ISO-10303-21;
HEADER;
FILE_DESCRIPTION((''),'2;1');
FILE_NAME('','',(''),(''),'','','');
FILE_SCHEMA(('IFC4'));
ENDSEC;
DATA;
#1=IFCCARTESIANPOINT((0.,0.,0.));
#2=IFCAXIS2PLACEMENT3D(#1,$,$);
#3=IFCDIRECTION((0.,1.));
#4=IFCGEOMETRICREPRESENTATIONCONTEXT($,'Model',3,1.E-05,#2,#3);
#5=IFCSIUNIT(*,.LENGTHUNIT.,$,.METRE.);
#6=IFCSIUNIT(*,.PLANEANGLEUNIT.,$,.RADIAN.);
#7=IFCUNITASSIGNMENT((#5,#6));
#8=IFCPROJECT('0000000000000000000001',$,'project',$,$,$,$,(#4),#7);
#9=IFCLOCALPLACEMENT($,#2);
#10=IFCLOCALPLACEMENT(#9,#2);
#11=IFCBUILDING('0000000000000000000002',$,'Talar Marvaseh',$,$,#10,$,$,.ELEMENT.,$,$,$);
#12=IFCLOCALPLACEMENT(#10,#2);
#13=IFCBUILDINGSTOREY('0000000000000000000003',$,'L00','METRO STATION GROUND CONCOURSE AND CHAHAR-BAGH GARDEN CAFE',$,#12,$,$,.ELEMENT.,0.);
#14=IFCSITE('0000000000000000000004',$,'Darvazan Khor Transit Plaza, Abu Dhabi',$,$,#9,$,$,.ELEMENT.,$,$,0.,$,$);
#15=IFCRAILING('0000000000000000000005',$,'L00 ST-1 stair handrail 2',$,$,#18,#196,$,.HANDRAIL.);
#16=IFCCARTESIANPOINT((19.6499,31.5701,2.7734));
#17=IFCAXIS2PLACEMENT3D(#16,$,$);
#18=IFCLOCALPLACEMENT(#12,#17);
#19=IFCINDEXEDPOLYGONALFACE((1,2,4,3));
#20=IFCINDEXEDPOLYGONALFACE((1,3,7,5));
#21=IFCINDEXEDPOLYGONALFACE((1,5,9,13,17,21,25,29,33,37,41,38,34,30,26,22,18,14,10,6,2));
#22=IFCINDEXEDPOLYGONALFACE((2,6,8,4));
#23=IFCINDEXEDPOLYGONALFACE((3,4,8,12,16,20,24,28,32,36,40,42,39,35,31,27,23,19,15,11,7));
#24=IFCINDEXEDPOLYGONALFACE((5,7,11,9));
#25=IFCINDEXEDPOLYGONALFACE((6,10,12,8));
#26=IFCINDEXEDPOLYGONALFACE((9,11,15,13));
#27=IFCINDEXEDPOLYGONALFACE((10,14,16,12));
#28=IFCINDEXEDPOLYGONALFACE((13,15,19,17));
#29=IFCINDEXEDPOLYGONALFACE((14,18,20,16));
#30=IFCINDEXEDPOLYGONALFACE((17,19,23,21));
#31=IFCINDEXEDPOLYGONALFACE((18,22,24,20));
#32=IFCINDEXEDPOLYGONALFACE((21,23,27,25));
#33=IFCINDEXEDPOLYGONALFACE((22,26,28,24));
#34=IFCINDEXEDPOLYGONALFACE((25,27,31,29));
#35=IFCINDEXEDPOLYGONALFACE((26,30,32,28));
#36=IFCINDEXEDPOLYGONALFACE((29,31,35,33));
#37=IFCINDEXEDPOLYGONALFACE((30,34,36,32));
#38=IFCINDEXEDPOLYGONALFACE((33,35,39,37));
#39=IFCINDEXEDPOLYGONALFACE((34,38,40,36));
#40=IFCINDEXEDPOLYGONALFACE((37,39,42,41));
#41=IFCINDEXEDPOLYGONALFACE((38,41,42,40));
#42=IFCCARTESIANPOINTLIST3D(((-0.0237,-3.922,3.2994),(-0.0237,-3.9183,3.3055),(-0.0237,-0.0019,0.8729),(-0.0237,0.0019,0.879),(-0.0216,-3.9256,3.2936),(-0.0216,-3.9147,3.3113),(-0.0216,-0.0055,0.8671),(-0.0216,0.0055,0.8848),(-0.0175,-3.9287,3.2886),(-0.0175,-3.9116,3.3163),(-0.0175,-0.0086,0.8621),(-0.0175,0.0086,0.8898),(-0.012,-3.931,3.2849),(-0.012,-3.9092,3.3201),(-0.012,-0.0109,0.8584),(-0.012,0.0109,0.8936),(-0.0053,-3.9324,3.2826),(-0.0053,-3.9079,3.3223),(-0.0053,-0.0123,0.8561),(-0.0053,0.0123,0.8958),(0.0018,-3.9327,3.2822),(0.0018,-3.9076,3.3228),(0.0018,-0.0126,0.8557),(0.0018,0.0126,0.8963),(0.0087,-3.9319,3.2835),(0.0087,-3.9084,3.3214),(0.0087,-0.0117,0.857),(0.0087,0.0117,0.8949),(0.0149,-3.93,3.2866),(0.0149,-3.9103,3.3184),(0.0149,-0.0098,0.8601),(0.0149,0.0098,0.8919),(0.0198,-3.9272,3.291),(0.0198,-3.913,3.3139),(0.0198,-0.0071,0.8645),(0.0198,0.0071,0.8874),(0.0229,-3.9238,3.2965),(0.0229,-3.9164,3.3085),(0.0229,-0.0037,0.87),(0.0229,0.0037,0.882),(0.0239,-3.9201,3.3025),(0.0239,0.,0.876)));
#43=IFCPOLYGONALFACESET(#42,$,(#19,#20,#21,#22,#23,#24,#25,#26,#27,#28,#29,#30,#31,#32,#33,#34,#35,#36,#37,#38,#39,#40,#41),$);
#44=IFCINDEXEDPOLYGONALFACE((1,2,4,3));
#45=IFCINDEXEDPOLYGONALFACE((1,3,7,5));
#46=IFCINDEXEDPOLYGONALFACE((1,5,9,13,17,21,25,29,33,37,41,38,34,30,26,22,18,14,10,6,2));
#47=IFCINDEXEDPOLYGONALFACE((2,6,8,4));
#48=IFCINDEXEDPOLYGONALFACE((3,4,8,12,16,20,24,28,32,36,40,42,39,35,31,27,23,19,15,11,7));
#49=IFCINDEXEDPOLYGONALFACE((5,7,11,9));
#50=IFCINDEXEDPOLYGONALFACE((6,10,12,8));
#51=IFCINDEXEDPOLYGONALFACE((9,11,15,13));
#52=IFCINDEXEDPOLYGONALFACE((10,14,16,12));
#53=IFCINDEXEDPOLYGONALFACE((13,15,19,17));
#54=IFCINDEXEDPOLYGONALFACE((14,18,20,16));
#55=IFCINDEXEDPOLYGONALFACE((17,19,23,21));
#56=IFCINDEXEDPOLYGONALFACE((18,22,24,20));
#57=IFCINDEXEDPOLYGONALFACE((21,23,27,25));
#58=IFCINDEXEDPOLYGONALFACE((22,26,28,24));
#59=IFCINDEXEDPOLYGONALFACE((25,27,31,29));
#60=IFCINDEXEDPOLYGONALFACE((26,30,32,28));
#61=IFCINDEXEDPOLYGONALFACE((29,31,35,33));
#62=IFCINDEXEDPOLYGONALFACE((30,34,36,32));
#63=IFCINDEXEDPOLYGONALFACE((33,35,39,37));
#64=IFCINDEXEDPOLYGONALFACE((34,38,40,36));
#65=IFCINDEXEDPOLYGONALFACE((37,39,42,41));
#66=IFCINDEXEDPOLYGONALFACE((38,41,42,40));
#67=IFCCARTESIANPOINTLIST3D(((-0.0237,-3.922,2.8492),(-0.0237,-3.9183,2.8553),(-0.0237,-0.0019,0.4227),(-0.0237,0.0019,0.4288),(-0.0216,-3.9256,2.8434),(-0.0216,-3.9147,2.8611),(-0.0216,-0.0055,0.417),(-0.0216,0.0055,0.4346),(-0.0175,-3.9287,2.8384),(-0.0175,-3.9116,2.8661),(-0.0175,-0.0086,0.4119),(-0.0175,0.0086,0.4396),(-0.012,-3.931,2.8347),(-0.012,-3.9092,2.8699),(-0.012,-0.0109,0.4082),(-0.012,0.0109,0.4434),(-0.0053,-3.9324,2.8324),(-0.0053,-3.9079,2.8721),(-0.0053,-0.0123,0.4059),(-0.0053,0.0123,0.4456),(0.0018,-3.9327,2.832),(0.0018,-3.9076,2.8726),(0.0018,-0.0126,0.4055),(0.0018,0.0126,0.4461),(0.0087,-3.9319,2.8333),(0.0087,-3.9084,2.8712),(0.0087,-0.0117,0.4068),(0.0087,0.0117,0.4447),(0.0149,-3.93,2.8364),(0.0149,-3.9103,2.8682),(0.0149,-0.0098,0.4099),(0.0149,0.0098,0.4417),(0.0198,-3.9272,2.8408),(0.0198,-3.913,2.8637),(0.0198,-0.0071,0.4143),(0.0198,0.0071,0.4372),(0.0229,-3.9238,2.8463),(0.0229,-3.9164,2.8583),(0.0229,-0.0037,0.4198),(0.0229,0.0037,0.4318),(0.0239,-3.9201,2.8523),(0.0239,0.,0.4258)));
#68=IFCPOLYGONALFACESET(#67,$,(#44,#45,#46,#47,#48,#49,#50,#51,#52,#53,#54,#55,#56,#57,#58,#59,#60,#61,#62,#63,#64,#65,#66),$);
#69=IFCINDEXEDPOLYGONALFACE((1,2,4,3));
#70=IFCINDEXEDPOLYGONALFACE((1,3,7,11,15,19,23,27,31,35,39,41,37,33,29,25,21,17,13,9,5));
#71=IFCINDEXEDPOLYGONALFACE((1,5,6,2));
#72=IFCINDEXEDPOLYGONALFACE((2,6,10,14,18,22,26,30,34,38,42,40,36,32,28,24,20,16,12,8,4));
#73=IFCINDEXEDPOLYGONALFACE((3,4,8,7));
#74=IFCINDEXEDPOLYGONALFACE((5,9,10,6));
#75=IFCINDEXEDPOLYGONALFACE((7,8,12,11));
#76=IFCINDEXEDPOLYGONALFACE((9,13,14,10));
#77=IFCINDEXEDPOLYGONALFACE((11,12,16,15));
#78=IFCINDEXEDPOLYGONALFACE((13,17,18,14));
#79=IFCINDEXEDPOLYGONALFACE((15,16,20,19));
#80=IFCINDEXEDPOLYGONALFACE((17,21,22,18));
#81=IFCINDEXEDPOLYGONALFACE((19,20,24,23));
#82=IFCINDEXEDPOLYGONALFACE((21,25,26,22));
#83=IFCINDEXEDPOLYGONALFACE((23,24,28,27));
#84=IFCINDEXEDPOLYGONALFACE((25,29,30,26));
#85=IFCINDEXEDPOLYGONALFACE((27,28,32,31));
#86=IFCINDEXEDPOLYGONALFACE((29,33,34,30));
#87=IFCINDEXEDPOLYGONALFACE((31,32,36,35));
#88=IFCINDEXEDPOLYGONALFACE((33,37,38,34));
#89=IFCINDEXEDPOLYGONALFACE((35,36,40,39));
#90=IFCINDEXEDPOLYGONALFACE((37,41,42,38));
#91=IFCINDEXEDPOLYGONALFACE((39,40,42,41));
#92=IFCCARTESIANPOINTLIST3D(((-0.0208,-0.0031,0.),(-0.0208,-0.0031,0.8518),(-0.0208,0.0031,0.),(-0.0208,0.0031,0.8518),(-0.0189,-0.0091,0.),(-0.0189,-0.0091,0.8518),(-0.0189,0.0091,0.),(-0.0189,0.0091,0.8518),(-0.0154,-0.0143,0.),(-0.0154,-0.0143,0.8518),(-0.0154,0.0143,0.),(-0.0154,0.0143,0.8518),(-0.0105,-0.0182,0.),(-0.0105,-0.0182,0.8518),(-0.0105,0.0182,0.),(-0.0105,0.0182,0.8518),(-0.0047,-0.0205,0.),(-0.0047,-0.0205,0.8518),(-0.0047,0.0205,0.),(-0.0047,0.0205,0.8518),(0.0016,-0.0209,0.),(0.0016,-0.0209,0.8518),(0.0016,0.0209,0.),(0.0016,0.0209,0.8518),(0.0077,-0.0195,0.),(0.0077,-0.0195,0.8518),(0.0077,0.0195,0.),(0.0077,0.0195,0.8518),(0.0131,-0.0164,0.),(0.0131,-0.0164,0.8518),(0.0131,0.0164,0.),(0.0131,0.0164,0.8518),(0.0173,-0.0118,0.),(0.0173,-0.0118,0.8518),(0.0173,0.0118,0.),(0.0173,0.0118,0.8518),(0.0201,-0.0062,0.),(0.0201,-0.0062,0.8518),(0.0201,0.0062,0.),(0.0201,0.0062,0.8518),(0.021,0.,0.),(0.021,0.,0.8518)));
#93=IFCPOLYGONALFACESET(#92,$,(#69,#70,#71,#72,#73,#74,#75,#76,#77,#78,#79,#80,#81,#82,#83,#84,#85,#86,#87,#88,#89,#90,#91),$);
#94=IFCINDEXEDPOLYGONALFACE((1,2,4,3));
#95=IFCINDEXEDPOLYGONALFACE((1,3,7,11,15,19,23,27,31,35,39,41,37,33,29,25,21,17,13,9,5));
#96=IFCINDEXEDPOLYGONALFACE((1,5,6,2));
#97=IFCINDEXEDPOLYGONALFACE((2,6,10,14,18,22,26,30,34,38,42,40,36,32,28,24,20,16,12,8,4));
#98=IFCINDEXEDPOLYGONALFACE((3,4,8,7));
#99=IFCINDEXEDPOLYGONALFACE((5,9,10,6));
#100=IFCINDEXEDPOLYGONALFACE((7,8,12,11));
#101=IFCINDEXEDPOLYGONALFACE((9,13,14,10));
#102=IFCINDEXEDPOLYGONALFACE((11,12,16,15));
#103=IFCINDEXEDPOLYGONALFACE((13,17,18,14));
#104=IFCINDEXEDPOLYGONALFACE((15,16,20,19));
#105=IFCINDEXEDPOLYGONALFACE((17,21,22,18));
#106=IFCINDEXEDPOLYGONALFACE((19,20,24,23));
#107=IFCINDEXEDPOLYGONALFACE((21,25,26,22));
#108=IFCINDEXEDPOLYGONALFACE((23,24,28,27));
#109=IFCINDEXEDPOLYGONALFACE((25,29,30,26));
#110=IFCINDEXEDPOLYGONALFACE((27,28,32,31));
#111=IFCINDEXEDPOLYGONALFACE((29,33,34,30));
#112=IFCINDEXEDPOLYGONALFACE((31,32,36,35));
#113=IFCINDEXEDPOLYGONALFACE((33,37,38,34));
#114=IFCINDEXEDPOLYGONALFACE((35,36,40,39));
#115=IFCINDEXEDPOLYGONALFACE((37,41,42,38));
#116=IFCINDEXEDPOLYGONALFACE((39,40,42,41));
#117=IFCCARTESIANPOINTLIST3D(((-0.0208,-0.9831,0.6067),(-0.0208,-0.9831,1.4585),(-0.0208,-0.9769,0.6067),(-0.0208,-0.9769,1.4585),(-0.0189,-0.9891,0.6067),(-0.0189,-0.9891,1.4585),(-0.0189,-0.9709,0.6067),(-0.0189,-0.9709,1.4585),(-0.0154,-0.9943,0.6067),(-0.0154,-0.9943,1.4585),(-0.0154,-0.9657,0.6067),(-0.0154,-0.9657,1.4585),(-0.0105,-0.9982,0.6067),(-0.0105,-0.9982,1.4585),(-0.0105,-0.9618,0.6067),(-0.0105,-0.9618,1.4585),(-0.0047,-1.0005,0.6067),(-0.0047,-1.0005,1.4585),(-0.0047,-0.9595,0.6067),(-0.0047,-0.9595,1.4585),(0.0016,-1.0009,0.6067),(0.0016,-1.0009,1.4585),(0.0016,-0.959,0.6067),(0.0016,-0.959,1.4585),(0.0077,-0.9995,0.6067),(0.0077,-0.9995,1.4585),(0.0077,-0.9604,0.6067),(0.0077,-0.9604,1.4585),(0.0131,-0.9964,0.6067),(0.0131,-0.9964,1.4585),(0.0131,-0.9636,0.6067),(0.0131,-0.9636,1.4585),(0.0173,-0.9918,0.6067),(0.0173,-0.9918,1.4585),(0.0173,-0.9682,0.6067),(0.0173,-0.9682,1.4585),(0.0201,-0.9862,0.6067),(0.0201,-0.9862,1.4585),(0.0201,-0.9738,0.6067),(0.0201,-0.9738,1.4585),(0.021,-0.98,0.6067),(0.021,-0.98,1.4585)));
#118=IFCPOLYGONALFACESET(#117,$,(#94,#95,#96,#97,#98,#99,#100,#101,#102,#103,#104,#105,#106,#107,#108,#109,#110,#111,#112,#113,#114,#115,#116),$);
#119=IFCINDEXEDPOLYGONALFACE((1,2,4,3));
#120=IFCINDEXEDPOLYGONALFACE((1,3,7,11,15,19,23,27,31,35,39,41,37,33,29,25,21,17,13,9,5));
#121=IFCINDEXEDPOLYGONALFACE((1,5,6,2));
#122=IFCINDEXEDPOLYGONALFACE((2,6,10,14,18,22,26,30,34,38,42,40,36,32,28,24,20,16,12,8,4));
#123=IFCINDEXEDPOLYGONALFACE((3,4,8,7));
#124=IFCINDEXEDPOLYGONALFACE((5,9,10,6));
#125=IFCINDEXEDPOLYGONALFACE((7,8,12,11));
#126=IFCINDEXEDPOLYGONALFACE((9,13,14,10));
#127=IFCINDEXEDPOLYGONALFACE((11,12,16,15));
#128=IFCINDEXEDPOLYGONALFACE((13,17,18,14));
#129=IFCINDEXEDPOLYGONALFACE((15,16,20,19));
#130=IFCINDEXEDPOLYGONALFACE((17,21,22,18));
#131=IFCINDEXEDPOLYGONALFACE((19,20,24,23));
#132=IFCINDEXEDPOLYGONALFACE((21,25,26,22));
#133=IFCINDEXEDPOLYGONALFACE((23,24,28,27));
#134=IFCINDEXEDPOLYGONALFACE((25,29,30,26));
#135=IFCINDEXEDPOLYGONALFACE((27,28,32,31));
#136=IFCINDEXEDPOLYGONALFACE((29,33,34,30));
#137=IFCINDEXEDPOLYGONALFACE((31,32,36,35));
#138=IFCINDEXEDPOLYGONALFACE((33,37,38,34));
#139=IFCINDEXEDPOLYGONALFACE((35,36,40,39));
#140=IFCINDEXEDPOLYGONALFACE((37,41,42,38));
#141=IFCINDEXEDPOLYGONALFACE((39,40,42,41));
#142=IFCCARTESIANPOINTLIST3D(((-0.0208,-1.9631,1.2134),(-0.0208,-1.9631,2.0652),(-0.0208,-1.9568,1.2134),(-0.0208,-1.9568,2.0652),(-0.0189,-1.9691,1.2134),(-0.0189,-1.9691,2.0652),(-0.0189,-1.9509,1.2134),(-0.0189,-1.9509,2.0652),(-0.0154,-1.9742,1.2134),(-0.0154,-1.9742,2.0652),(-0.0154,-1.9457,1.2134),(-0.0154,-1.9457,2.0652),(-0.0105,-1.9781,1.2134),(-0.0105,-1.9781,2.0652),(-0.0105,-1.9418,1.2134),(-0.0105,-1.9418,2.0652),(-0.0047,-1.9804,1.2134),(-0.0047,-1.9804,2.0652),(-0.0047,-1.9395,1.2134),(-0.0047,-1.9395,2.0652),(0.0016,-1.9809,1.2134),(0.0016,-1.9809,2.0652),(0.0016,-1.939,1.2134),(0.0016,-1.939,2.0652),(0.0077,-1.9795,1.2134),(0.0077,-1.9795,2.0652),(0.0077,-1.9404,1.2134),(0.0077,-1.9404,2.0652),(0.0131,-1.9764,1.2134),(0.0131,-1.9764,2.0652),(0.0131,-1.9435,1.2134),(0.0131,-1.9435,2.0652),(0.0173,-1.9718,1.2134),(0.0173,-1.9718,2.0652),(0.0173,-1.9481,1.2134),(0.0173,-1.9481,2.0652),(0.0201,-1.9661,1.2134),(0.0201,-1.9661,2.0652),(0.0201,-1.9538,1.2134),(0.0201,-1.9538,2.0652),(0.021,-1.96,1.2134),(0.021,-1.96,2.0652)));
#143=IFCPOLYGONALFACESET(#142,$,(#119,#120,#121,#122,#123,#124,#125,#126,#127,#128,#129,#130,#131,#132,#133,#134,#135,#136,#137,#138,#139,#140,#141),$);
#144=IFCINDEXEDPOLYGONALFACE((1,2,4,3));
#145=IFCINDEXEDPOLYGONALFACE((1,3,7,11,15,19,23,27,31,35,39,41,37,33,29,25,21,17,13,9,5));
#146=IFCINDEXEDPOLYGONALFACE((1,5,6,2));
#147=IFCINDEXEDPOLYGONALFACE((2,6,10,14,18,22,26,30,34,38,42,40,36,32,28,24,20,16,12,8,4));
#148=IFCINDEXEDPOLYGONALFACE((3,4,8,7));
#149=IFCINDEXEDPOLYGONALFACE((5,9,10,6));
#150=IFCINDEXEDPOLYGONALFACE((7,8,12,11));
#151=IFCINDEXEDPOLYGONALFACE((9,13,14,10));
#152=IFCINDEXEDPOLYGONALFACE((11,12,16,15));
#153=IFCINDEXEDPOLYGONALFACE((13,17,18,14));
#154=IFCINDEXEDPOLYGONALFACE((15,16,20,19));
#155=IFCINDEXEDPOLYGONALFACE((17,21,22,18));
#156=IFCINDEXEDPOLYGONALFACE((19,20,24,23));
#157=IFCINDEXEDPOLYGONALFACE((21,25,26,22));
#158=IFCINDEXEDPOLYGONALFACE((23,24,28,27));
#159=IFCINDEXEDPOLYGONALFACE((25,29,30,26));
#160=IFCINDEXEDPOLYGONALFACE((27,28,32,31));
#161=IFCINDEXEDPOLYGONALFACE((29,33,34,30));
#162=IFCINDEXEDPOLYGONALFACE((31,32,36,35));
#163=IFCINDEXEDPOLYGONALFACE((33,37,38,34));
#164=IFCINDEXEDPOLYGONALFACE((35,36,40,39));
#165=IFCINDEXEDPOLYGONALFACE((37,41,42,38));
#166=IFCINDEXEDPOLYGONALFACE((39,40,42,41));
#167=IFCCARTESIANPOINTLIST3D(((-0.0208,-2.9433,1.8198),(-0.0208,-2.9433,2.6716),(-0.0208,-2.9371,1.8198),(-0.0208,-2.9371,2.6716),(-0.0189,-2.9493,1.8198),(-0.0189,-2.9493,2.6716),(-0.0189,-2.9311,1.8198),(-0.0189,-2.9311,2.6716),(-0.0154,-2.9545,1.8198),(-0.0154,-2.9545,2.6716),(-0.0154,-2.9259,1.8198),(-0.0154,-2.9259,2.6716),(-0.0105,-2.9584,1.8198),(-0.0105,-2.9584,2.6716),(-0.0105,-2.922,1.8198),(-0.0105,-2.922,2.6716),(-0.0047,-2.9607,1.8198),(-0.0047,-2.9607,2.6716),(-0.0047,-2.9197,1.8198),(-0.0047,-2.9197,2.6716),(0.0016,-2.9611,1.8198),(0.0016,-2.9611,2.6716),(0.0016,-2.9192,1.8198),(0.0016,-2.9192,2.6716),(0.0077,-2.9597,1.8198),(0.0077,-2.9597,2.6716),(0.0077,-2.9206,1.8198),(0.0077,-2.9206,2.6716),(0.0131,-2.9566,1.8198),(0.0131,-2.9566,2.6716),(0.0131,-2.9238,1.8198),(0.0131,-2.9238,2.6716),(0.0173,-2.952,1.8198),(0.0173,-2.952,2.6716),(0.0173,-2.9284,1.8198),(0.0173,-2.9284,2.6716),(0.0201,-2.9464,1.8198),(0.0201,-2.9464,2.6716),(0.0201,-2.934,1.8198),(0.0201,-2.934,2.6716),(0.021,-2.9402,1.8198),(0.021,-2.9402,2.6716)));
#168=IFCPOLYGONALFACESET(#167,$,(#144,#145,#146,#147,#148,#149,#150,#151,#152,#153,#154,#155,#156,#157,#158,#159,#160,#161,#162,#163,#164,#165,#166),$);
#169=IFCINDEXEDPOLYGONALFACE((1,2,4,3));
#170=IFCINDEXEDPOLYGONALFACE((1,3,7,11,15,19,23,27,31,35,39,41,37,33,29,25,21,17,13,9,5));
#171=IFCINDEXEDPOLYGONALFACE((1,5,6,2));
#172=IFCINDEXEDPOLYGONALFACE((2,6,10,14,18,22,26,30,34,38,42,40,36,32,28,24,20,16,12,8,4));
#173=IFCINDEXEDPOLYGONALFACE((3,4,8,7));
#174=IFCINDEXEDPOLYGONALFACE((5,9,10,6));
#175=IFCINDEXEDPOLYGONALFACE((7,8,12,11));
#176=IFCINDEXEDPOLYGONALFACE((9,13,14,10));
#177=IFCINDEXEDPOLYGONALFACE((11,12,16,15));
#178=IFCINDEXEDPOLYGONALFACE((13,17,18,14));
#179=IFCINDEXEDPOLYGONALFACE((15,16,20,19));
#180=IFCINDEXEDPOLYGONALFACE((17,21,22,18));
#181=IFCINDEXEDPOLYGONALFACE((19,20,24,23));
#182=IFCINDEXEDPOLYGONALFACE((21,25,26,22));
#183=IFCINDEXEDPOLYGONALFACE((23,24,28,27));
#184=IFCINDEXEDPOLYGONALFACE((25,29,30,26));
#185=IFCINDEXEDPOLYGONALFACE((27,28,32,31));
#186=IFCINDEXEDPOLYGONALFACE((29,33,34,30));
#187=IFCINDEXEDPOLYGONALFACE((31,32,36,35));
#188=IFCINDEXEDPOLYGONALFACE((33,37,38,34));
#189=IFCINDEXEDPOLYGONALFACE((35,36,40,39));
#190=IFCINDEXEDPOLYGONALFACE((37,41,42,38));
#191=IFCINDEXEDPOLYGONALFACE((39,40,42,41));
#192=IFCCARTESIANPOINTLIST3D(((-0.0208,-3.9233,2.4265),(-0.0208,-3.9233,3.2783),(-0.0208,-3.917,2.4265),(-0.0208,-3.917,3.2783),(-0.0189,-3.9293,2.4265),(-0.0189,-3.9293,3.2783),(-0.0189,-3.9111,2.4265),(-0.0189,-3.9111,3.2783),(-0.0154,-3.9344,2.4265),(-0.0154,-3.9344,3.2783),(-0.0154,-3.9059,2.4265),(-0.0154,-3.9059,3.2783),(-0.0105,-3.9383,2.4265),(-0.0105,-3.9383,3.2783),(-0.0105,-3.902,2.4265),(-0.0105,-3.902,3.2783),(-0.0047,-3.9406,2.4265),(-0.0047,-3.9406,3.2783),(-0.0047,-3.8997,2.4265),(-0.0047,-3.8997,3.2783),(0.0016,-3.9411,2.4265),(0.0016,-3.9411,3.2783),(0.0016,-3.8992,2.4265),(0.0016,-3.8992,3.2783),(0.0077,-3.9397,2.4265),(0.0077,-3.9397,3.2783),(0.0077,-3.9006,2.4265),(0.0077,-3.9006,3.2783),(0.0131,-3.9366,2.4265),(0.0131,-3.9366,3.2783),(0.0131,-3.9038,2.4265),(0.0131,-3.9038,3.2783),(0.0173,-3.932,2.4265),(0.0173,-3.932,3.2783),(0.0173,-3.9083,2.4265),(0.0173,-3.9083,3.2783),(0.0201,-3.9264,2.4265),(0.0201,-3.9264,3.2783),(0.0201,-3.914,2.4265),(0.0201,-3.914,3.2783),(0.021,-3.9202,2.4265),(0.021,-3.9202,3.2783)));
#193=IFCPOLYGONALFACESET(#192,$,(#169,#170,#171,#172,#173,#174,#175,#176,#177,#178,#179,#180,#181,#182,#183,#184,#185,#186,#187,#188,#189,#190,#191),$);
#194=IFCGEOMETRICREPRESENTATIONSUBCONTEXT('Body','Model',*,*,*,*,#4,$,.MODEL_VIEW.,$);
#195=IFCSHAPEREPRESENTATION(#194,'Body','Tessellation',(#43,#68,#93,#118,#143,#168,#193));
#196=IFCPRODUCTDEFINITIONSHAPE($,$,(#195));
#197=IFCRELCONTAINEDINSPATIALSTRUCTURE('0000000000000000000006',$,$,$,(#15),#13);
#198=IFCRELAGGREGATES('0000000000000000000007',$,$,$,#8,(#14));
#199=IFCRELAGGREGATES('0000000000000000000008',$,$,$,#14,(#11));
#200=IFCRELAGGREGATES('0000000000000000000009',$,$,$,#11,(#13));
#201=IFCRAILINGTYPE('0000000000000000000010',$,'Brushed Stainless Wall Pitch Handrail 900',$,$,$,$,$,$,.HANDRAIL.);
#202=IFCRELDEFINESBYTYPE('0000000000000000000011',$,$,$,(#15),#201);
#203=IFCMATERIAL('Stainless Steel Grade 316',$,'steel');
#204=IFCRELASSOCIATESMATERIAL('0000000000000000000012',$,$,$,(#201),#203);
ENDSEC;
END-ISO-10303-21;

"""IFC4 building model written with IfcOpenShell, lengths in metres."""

from ifc_helpers import new_model, si_unit, direction, frame, origin, origin_2d, place, context, subcontext, project, spatial, circle, extrude, material, type_object, element, save


model = new_model("IFC4")

# Units and contexts
model_context = context("Model", 3, precision=1e-05, world=origin(), true_north=direction((0.0, 1.0)))
body_context = subcontext(model_context, "Body", "Model", "MODEL_VIEW")
ifc_project = project(units=[si_unit("LENGTHUNIT", "METRE"), si_unit("PLANEANGLEUNIT", "RADIAN")], contexts=[model_context])

# Site, building, storey
site_placement = place(None, origin())
site = spatial("IfcSite", under=ifc_project, at=site_placement, Name="Darvazan Khor Transit Plaza, Abu Dhabi", CompositionType="ELEMENT", RefElevation=0.0)
building_placement = place(site_placement, origin())
building = spatial("IfcBuilding", under=site, at=building_placement, Name="Talar Marvaseh", CompositionType="ELEMENT")
storey_placement = place(building_placement, origin())
storey = spatial("IfcBuildingStorey", under=building, at=storey_placement, Name="L00", Description="METRO STATION GROUND CONCOURSE AND CHAHAR-BAGH GARDEN CAFE", CompositionType="ELEMENT", Elevation=0.0)

# Shared definitions
ifc_material_1 = material(Name="Stainless Steel Grade 316", Category="steel")

# Railing
railing_type_1 = type_object("IfcRailingType", Name="Brushed Stainless Wall Pitch Handrail 900", PredefinedType="HANDRAIL", material=ifc_material_1)
railing_1_placement = place(storey_placement, frame((19.6499, 31.5701, 2.7734)))
element("IfcRailing", 1, at=railing_1_placement, inside=storey, type_object=railing_type_1, Name="L00 ST-1 stair handrail 2", PredefinedType="HANDRAIL", context=body_context, shape_type="SweptSolid", body=[
    extrude(circle(Radius=0.0239, at=origin_2d()), frame((0.0, 0.0, 0.876), z_axis=(0.0, -0.85029, 0.526315), x_axis=(1.0, 0.0, 0.0)), (0.0, 0.0, 1.0), 4.6104),
    extrude(circle(Radius=0.0239, at=origin_2d()), frame((0.0, 0.0, 0.4258), z_axis=(0.0, -0.85029, 0.526315), x_axis=(1.0, 0.0, 0.0)), (0.0, 0.0, 1.0), 4.6104),
    extrude(circle(Radius=0.021, at=origin_2d()), origin(), (0.0, 0.0, 1.0), 0.8518),
    extrude(circle(Radius=0.021, at=origin_2d()), frame((0.0, -0.98, 0.6067)), (0.0, 0.0, 1.0), 0.8518),
    extrude(circle(Radius=0.021, at=origin_2d()), frame((0.0, -1.96, 1.2134)), (0.0, 0.0, 1.0), 0.8518),
    extrude(circle(Radius=0.021, at=origin_2d()), frame((0.0, -2.9402, 1.8198)), (0.0, 0.0, 1.0), 0.8518),
    extrude(circle(Radius=0.021, at=origin_2d()), frame((0.0, -3.9202, 2.4265)), (0.0, 0.0, 1.0), 0.8518),
])

save(model, "model.ifc")
